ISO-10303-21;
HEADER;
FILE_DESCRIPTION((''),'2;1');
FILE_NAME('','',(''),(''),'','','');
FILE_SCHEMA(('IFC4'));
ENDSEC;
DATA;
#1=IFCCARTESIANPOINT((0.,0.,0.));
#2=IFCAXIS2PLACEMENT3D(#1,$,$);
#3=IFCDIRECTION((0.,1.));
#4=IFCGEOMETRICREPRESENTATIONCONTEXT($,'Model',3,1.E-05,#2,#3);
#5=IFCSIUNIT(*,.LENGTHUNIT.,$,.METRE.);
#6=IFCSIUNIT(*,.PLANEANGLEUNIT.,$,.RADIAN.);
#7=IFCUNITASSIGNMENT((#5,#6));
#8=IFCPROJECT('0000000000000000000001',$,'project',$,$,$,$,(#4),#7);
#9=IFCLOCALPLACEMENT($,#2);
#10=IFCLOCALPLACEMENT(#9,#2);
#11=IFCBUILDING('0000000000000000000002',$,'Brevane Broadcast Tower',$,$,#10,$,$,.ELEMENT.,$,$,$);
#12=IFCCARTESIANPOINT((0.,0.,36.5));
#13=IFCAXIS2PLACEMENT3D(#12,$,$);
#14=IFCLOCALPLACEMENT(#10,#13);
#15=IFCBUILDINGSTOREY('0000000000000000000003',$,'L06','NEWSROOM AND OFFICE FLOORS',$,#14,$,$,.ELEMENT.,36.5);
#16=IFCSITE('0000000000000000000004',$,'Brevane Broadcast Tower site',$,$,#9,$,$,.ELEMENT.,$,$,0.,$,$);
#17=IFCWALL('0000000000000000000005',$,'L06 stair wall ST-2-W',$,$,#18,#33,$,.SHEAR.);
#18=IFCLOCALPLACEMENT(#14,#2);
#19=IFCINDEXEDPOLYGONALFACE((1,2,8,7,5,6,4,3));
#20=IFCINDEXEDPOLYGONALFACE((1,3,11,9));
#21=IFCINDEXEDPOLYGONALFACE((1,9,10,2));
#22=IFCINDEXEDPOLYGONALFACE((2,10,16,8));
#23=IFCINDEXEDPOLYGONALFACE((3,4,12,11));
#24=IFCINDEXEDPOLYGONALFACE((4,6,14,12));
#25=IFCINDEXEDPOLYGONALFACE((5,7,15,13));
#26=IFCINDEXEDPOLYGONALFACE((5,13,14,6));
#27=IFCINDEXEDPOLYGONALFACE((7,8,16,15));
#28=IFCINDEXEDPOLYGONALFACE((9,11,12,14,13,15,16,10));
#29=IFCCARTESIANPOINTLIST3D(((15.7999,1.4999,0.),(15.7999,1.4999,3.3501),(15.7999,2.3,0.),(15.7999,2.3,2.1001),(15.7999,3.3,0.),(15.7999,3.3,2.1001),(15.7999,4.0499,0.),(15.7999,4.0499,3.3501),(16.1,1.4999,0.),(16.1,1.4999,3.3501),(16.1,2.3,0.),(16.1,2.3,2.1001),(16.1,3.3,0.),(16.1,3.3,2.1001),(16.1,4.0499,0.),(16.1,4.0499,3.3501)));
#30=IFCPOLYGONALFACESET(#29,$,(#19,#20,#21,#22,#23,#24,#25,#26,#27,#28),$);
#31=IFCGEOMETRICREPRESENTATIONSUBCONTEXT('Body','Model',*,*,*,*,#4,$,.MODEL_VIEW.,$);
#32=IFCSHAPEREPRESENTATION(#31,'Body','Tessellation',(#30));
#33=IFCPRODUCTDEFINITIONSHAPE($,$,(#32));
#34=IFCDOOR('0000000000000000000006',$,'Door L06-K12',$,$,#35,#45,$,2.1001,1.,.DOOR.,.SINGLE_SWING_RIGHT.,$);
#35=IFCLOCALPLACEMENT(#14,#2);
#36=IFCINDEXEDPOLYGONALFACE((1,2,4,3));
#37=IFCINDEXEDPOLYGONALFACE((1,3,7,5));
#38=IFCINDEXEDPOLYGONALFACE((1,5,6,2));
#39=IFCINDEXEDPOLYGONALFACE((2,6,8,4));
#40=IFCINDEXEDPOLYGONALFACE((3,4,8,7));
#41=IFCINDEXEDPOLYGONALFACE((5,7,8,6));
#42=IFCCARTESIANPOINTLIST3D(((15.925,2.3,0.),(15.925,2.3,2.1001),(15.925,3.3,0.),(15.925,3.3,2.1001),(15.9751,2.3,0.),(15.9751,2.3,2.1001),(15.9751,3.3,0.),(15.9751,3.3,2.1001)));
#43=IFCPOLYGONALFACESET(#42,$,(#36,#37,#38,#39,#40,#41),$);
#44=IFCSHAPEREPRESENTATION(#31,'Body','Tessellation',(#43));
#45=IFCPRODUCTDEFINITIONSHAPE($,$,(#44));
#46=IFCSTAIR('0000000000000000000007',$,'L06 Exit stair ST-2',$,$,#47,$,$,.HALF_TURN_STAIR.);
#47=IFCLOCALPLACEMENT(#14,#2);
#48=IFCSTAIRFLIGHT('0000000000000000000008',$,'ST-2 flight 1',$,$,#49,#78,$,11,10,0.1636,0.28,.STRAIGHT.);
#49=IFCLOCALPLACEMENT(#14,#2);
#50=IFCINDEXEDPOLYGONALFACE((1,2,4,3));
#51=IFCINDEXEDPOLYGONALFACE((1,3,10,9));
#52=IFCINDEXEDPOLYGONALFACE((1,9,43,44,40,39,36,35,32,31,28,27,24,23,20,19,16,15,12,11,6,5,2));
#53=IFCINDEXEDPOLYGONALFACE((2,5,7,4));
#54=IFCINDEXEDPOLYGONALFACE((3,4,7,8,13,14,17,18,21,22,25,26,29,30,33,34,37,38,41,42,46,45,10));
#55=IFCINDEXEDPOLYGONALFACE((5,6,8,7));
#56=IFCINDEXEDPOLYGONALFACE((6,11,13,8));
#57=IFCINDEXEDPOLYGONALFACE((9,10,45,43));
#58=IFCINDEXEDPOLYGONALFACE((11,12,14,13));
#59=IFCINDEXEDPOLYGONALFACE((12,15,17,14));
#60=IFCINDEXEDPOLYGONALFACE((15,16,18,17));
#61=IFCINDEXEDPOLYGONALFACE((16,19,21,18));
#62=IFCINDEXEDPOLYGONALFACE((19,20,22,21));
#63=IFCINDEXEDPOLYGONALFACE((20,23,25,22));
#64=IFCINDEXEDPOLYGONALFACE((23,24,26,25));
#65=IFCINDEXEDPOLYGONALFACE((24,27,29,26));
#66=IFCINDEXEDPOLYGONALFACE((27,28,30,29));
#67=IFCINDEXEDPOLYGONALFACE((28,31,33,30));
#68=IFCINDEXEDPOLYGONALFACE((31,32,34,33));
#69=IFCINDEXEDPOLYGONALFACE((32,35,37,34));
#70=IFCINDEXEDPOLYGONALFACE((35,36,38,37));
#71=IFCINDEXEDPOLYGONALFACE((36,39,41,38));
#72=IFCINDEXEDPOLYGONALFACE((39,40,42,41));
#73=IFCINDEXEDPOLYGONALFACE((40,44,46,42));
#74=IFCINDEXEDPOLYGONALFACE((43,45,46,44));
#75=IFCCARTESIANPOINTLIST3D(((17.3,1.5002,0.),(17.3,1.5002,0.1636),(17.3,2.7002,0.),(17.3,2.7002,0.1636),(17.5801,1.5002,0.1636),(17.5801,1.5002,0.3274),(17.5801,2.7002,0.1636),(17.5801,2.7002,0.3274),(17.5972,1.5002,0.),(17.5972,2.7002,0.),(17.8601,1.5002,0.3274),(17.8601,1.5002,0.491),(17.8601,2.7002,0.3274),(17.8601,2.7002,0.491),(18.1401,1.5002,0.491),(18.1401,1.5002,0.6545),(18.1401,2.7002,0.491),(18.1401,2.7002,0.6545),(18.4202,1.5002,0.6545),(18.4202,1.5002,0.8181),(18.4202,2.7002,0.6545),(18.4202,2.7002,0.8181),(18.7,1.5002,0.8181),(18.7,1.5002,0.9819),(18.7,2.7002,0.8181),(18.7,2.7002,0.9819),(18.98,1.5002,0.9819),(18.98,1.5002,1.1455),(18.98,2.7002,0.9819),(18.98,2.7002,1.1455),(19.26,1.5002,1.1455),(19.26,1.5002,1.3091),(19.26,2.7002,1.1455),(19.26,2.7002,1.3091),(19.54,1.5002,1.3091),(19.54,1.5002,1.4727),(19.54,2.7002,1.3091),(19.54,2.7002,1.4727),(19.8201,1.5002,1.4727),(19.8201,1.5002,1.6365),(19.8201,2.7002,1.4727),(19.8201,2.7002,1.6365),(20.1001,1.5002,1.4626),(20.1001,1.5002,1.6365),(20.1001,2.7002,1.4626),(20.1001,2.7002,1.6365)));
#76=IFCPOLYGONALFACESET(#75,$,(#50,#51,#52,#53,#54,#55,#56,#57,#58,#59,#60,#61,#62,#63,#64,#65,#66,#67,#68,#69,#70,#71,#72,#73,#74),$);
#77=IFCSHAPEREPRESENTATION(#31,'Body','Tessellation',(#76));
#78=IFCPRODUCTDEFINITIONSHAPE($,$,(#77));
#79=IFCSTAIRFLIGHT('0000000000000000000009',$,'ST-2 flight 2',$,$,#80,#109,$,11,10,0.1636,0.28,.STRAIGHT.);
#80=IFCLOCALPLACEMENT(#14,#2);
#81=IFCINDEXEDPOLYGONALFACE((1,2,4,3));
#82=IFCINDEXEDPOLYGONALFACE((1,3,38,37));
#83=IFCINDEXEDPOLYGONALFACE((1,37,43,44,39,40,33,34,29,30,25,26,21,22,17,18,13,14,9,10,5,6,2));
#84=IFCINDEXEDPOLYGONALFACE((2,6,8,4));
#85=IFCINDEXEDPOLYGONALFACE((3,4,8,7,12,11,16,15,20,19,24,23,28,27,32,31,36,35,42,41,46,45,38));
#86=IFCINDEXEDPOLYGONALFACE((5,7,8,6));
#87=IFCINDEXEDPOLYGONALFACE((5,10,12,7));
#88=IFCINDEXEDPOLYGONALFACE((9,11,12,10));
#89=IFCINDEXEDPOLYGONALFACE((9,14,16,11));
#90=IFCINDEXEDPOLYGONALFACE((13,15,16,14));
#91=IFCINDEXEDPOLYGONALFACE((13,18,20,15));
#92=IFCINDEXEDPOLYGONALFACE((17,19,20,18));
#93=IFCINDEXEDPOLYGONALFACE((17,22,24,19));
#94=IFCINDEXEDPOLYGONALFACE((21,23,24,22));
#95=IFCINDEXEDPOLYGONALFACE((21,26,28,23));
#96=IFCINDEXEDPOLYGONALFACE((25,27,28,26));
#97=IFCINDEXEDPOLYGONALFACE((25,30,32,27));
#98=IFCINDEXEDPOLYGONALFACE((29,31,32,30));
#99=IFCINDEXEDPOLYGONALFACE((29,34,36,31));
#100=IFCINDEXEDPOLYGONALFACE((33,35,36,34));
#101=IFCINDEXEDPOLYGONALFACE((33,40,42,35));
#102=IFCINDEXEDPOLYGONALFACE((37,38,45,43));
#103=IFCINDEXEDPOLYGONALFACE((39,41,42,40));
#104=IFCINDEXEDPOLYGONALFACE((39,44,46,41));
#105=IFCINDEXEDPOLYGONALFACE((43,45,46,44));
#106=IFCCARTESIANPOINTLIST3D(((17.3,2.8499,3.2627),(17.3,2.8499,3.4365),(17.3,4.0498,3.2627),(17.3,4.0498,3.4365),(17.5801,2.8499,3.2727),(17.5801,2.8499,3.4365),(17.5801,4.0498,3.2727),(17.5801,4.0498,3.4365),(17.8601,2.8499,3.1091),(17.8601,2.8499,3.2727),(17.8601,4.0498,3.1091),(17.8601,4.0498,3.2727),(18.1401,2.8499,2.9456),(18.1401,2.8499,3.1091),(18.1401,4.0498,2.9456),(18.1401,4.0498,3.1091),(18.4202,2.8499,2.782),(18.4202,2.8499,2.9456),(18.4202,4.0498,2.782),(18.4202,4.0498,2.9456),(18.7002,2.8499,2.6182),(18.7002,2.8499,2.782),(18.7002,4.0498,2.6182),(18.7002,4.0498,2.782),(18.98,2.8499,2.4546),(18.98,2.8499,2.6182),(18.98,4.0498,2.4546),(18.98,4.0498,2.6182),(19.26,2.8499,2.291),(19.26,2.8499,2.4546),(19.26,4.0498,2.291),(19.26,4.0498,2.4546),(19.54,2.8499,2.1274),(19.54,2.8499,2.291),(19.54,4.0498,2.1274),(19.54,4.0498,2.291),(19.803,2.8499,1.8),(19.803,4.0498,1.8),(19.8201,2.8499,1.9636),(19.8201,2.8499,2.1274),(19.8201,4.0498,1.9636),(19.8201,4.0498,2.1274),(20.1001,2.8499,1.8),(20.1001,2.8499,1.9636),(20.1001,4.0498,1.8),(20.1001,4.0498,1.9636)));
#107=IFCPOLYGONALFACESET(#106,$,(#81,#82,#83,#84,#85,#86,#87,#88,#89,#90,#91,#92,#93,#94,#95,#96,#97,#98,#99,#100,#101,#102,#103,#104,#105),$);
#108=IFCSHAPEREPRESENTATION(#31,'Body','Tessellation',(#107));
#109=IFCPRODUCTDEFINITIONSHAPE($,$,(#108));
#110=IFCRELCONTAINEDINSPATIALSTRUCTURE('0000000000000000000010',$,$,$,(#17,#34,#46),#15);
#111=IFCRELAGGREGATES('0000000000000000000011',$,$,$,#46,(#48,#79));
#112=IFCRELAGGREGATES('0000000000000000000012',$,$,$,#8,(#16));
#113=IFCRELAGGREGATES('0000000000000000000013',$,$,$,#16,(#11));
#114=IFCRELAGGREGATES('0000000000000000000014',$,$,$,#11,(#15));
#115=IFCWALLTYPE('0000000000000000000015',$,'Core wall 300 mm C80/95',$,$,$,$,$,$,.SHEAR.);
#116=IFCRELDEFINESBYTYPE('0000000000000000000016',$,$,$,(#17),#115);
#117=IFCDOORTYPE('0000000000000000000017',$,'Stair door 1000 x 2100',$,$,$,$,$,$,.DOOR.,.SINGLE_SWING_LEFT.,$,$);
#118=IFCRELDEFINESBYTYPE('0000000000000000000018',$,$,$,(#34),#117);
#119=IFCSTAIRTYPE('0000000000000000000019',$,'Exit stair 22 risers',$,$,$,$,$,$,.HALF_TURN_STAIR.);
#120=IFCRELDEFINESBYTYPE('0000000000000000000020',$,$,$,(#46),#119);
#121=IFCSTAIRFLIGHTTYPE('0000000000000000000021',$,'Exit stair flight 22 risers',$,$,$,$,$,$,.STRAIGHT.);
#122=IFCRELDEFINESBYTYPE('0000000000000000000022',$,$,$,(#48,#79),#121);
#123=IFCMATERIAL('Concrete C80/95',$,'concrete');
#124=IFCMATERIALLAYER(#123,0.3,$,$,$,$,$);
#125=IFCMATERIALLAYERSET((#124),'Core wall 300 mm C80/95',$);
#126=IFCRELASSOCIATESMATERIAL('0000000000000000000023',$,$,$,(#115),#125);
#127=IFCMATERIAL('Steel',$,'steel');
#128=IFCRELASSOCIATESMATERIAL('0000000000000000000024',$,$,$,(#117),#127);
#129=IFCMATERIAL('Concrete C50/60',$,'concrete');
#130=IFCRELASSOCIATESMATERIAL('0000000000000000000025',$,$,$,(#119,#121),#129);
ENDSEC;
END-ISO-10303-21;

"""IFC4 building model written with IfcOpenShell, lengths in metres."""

from ifc_helpers import new_model, si_unit, direction, frame, frame_2d, origin, place, context, subcontext, project, spatial, polyline, rectangle, outline, extrude, material, layer, layer_set, type_object, element, fill, aggregate, save


model = new_model("IFC4")

# Units and contexts
model_context = context("Model", 3, precision=1e-05, world=origin(), true_north=direction((0.0, 1.0)))
body_context = subcontext(model_context, "Body", "Model", "MODEL_VIEW")
ifc_project = project(units=[si_unit("LENGTHUNIT", "METRE"), si_unit("PLANEANGLEUNIT", "RADIAN")], contexts=[model_context])

# Site, building, storey
site_placement = place(None, origin())
site = spatial("IfcSite", under=ifc_project, at=site_placement, Name="Brevane Broadcast Tower site", CompositionType="ELEMENT", RefElevation=0.0)
building_placement = place(site_placement, origin())
building = spatial("IfcBuilding", under=site, at=building_placement, Name="Brevane Broadcast Tower", CompositionType="ELEMENT")
storey_placement = place(building_placement, frame((0.0, 0.0, 36.5)))
storey = spatial("IfcBuildingStorey", under=building, at=storey_placement, Name="L06", Description="NEWSROOM AND OFFICE FLOORS", CompositionType="ELEMENT", Elevation=36.5)

# Shared definitions
ifc_material_1 = material(Name="Concrete C50/60", Category="concrete")

# Shared definitions
ifc_material_2 = material(Name="Steel", Category="steel")

# Shared definitions
ifc_material_3 = material(Name="Concrete C80/95", Category="concrete")
ifc_layer_1 = layer(ifc_material_3, 0.3)
ifc_layer_set_1 = layer_set([ifc_layer_1], Name="Core wall 300 mm C80/95")
wall_type_1 = type_object("IfcWallType", Name="Core wall 300 mm C80/95", PredefinedType="SHEAR", material=ifc_layer_set_1)

# Wall, opening, door
door_type_1 = type_object("IfcDoorType", Name="Stair door 1000 x 2100", OperationType="SINGLE_SWING_LEFT", PredefinedType="DOOR", material=ifc_material_2)
wall_1_placement = place(storey_placement, frame((15.95, 1.5, 0.0), z_axis=(0.0, 0.0, 1.0), x_axis=(0.0, 1.0, 0.0)))
wall_1 = element("IfcWall", 1, at=wall_1_placement, inside=storey, type_object=wall_type_1, Name="L06 stair wall ST-2-W", PredefinedType="SHEAR", context=body_context, shape_type="SweptSolid", body=[
    extrude(rectangle(XDim=2.55, YDim=0.3, at=frame_2d((1.2749, 0.0))), origin(), (0.0, 0.0, 1.0), 3.3501),
])
opening_1_placement = place(wall_1_placement, frame((0.8, 0.0, 0.0)))
opening_1 = element("IfcOpeningElement", 2, at=opening_1_placement, cuts=wall_1, PredefinedType="OPENING", context=body_context, shape_type="SweptSolid", body=[
    extrude(rectangle(XDim=1.0, YDim=2.1001, at=frame_2d((0.5, 1.05))), frame((0.0, 0.1599, 0.0), z_axis=(0.0, -1.0, 0.0), x_axis=(1.0, 0.0, 0.0)), (0.0, 0.0, 1.0), 0.3201),
])
door_1_placement = place(opening_1_placement, origin())
door_1 = element("IfcDoor", 3, at=door_1_placement, inside=storey, type_object=door_type_1, Name="Door L06-K12", OperationType="SINGLE_SWING_RIGHT", OverallHeight=2.1001, OverallWidth=1.0, PredefinedType="DOOR", context=body_context, shape_type="SweptSolid", body=[
    extrude(rectangle(XDim=1.0, YDim=2.1001, at=frame_2d((0.5, 1.05))), frame((0.0, 0.0249, 0.0), z_axis=(0.0, -1.0, 0.0), x_axis=(1.0, 0.0, 0.0)), (0.0, 0.0, 1.0), 0.05),
])
fill(opening_1, door_1)

# Stair, stair flights
stair_type = type_object("IfcStairType", Name="Exit stair 22 risers", PredefinedType="HALF_TURN_STAIR", material=ifc_material_1)
stair_placement = place(storey_placement, origin())
stair = element("IfcStair", 4, at=stair_placement, inside=storey, type_object=stair_type, Name="L06 Exit stair ST-2", PredefinedType="HALF_TURN_STAIR")
stair_flight_type = type_object("IfcStairFlightType", Name="Exit stair flight 22 risers", PredefinedType="STRAIGHT", material=ifc_material_1)
stair_flight_1_placement = place(storey_placement, frame((17.3, 2.1001, 0.0), z_axis=(0.0, 0.0, 1.0), x_axis=(1.0, 0.0, 0.0)))
stair_flight_1 = element("IfcStairFlight", 5, at=stair_flight_1_placement, type_object=stair_flight_type, Name="ST-2 flight 1", NumberOfRisers=11, NumberOfTreads=10, PredefinedType="STRAIGHT", RiserHeight=0.1636, TreadLength=0.28, context=body_context, shape_type="SweptSolid", body=[
    extrude(outline(polyline([(0.0, 0.0), (0.0, 0.1636), (0.28, 0.1636), (0.28, 0.3274), (0.5601, 0.3274), (0.5601, 0.491), (0.8401, 0.491), (0.8401, 0.6545), (1.1201, 0.6545), (1.1201, 0.8181), (1.3999, 0.8181), (1.3999, 0.9819), (1.6799, 0.9819), (1.6799, 1.1455), (1.96, 1.1455), (1.96, 1.3091), (2.24, 1.3091), (2.24, 1.4727), (2.52, 1.4727), (2.52, 1.6365), (2.8, 1.6365), (2.8, 1.8), (2.8, 1.4626), (0.2971, 0.0), (0.0, 0.0)])), frame((0.0, 0.6001, 0.0), z_axis=(0.0, -1.0, 0.0), x_axis=(1.0, 0.0, 0.0)), (0.0, 0.0, 1.0), 1.2),
])
stair_flight_2_placement = place(storey_placement, frame((20.1001, 3.45, 1.8), z_axis=(0.0, 0.0, 1.0), x_axis=(-1.0, 0.0, 0.0)))
stair_flight_2 = element("IfcStairFlight", 6, at=stair_flight_2_placement, type_object=stair_flight_type, Name="ST-2 flight 2", NumberOfRisers=11, NumberOfTreads=10, PredefinedType="STRAIGHT", RiserHeight=0.1636, TreadLength=0.28, context=body_context, shape_type="SweptSolid", body=[
    extrude(outline(polyline([(0.0, 0.0), (0.0, 0.1636), (0.28, 0.1636), (0.28, 0.3274), (0.5601, 0.3274), (0.5601, 0.491), (0.8401, 0.491), (0.8401, 0.6545), (1.1201, 0.6545), (1.1201, 0.8181), (1.3999, 0.8181), (1.3999, 0.9819), (1.6799, 0.9819), (1.6799, 1.1455), (1.96, 1.1455), (1.96, 1.3091), (2.24, 1.3091), (2.24, 1.4727), (2.52, 1.4727), (2.52, 1.6365), (2.8, 1.6365), (2.8, 1.8), (2.8, 1.4626), (0.2971, 0.0), (0.0, 0.0)])), frame((0.0, 0.6001, 0.0), z_axis=(0.0, -1.0, 0.0), x_axis=(1.0, 0.0, 0.0)), (0.0, 0.0, 1.0), 1.2),
])
aggregate(stair, [stair_flight_1, stair_flight_2])

save(model, "model.ifc")
